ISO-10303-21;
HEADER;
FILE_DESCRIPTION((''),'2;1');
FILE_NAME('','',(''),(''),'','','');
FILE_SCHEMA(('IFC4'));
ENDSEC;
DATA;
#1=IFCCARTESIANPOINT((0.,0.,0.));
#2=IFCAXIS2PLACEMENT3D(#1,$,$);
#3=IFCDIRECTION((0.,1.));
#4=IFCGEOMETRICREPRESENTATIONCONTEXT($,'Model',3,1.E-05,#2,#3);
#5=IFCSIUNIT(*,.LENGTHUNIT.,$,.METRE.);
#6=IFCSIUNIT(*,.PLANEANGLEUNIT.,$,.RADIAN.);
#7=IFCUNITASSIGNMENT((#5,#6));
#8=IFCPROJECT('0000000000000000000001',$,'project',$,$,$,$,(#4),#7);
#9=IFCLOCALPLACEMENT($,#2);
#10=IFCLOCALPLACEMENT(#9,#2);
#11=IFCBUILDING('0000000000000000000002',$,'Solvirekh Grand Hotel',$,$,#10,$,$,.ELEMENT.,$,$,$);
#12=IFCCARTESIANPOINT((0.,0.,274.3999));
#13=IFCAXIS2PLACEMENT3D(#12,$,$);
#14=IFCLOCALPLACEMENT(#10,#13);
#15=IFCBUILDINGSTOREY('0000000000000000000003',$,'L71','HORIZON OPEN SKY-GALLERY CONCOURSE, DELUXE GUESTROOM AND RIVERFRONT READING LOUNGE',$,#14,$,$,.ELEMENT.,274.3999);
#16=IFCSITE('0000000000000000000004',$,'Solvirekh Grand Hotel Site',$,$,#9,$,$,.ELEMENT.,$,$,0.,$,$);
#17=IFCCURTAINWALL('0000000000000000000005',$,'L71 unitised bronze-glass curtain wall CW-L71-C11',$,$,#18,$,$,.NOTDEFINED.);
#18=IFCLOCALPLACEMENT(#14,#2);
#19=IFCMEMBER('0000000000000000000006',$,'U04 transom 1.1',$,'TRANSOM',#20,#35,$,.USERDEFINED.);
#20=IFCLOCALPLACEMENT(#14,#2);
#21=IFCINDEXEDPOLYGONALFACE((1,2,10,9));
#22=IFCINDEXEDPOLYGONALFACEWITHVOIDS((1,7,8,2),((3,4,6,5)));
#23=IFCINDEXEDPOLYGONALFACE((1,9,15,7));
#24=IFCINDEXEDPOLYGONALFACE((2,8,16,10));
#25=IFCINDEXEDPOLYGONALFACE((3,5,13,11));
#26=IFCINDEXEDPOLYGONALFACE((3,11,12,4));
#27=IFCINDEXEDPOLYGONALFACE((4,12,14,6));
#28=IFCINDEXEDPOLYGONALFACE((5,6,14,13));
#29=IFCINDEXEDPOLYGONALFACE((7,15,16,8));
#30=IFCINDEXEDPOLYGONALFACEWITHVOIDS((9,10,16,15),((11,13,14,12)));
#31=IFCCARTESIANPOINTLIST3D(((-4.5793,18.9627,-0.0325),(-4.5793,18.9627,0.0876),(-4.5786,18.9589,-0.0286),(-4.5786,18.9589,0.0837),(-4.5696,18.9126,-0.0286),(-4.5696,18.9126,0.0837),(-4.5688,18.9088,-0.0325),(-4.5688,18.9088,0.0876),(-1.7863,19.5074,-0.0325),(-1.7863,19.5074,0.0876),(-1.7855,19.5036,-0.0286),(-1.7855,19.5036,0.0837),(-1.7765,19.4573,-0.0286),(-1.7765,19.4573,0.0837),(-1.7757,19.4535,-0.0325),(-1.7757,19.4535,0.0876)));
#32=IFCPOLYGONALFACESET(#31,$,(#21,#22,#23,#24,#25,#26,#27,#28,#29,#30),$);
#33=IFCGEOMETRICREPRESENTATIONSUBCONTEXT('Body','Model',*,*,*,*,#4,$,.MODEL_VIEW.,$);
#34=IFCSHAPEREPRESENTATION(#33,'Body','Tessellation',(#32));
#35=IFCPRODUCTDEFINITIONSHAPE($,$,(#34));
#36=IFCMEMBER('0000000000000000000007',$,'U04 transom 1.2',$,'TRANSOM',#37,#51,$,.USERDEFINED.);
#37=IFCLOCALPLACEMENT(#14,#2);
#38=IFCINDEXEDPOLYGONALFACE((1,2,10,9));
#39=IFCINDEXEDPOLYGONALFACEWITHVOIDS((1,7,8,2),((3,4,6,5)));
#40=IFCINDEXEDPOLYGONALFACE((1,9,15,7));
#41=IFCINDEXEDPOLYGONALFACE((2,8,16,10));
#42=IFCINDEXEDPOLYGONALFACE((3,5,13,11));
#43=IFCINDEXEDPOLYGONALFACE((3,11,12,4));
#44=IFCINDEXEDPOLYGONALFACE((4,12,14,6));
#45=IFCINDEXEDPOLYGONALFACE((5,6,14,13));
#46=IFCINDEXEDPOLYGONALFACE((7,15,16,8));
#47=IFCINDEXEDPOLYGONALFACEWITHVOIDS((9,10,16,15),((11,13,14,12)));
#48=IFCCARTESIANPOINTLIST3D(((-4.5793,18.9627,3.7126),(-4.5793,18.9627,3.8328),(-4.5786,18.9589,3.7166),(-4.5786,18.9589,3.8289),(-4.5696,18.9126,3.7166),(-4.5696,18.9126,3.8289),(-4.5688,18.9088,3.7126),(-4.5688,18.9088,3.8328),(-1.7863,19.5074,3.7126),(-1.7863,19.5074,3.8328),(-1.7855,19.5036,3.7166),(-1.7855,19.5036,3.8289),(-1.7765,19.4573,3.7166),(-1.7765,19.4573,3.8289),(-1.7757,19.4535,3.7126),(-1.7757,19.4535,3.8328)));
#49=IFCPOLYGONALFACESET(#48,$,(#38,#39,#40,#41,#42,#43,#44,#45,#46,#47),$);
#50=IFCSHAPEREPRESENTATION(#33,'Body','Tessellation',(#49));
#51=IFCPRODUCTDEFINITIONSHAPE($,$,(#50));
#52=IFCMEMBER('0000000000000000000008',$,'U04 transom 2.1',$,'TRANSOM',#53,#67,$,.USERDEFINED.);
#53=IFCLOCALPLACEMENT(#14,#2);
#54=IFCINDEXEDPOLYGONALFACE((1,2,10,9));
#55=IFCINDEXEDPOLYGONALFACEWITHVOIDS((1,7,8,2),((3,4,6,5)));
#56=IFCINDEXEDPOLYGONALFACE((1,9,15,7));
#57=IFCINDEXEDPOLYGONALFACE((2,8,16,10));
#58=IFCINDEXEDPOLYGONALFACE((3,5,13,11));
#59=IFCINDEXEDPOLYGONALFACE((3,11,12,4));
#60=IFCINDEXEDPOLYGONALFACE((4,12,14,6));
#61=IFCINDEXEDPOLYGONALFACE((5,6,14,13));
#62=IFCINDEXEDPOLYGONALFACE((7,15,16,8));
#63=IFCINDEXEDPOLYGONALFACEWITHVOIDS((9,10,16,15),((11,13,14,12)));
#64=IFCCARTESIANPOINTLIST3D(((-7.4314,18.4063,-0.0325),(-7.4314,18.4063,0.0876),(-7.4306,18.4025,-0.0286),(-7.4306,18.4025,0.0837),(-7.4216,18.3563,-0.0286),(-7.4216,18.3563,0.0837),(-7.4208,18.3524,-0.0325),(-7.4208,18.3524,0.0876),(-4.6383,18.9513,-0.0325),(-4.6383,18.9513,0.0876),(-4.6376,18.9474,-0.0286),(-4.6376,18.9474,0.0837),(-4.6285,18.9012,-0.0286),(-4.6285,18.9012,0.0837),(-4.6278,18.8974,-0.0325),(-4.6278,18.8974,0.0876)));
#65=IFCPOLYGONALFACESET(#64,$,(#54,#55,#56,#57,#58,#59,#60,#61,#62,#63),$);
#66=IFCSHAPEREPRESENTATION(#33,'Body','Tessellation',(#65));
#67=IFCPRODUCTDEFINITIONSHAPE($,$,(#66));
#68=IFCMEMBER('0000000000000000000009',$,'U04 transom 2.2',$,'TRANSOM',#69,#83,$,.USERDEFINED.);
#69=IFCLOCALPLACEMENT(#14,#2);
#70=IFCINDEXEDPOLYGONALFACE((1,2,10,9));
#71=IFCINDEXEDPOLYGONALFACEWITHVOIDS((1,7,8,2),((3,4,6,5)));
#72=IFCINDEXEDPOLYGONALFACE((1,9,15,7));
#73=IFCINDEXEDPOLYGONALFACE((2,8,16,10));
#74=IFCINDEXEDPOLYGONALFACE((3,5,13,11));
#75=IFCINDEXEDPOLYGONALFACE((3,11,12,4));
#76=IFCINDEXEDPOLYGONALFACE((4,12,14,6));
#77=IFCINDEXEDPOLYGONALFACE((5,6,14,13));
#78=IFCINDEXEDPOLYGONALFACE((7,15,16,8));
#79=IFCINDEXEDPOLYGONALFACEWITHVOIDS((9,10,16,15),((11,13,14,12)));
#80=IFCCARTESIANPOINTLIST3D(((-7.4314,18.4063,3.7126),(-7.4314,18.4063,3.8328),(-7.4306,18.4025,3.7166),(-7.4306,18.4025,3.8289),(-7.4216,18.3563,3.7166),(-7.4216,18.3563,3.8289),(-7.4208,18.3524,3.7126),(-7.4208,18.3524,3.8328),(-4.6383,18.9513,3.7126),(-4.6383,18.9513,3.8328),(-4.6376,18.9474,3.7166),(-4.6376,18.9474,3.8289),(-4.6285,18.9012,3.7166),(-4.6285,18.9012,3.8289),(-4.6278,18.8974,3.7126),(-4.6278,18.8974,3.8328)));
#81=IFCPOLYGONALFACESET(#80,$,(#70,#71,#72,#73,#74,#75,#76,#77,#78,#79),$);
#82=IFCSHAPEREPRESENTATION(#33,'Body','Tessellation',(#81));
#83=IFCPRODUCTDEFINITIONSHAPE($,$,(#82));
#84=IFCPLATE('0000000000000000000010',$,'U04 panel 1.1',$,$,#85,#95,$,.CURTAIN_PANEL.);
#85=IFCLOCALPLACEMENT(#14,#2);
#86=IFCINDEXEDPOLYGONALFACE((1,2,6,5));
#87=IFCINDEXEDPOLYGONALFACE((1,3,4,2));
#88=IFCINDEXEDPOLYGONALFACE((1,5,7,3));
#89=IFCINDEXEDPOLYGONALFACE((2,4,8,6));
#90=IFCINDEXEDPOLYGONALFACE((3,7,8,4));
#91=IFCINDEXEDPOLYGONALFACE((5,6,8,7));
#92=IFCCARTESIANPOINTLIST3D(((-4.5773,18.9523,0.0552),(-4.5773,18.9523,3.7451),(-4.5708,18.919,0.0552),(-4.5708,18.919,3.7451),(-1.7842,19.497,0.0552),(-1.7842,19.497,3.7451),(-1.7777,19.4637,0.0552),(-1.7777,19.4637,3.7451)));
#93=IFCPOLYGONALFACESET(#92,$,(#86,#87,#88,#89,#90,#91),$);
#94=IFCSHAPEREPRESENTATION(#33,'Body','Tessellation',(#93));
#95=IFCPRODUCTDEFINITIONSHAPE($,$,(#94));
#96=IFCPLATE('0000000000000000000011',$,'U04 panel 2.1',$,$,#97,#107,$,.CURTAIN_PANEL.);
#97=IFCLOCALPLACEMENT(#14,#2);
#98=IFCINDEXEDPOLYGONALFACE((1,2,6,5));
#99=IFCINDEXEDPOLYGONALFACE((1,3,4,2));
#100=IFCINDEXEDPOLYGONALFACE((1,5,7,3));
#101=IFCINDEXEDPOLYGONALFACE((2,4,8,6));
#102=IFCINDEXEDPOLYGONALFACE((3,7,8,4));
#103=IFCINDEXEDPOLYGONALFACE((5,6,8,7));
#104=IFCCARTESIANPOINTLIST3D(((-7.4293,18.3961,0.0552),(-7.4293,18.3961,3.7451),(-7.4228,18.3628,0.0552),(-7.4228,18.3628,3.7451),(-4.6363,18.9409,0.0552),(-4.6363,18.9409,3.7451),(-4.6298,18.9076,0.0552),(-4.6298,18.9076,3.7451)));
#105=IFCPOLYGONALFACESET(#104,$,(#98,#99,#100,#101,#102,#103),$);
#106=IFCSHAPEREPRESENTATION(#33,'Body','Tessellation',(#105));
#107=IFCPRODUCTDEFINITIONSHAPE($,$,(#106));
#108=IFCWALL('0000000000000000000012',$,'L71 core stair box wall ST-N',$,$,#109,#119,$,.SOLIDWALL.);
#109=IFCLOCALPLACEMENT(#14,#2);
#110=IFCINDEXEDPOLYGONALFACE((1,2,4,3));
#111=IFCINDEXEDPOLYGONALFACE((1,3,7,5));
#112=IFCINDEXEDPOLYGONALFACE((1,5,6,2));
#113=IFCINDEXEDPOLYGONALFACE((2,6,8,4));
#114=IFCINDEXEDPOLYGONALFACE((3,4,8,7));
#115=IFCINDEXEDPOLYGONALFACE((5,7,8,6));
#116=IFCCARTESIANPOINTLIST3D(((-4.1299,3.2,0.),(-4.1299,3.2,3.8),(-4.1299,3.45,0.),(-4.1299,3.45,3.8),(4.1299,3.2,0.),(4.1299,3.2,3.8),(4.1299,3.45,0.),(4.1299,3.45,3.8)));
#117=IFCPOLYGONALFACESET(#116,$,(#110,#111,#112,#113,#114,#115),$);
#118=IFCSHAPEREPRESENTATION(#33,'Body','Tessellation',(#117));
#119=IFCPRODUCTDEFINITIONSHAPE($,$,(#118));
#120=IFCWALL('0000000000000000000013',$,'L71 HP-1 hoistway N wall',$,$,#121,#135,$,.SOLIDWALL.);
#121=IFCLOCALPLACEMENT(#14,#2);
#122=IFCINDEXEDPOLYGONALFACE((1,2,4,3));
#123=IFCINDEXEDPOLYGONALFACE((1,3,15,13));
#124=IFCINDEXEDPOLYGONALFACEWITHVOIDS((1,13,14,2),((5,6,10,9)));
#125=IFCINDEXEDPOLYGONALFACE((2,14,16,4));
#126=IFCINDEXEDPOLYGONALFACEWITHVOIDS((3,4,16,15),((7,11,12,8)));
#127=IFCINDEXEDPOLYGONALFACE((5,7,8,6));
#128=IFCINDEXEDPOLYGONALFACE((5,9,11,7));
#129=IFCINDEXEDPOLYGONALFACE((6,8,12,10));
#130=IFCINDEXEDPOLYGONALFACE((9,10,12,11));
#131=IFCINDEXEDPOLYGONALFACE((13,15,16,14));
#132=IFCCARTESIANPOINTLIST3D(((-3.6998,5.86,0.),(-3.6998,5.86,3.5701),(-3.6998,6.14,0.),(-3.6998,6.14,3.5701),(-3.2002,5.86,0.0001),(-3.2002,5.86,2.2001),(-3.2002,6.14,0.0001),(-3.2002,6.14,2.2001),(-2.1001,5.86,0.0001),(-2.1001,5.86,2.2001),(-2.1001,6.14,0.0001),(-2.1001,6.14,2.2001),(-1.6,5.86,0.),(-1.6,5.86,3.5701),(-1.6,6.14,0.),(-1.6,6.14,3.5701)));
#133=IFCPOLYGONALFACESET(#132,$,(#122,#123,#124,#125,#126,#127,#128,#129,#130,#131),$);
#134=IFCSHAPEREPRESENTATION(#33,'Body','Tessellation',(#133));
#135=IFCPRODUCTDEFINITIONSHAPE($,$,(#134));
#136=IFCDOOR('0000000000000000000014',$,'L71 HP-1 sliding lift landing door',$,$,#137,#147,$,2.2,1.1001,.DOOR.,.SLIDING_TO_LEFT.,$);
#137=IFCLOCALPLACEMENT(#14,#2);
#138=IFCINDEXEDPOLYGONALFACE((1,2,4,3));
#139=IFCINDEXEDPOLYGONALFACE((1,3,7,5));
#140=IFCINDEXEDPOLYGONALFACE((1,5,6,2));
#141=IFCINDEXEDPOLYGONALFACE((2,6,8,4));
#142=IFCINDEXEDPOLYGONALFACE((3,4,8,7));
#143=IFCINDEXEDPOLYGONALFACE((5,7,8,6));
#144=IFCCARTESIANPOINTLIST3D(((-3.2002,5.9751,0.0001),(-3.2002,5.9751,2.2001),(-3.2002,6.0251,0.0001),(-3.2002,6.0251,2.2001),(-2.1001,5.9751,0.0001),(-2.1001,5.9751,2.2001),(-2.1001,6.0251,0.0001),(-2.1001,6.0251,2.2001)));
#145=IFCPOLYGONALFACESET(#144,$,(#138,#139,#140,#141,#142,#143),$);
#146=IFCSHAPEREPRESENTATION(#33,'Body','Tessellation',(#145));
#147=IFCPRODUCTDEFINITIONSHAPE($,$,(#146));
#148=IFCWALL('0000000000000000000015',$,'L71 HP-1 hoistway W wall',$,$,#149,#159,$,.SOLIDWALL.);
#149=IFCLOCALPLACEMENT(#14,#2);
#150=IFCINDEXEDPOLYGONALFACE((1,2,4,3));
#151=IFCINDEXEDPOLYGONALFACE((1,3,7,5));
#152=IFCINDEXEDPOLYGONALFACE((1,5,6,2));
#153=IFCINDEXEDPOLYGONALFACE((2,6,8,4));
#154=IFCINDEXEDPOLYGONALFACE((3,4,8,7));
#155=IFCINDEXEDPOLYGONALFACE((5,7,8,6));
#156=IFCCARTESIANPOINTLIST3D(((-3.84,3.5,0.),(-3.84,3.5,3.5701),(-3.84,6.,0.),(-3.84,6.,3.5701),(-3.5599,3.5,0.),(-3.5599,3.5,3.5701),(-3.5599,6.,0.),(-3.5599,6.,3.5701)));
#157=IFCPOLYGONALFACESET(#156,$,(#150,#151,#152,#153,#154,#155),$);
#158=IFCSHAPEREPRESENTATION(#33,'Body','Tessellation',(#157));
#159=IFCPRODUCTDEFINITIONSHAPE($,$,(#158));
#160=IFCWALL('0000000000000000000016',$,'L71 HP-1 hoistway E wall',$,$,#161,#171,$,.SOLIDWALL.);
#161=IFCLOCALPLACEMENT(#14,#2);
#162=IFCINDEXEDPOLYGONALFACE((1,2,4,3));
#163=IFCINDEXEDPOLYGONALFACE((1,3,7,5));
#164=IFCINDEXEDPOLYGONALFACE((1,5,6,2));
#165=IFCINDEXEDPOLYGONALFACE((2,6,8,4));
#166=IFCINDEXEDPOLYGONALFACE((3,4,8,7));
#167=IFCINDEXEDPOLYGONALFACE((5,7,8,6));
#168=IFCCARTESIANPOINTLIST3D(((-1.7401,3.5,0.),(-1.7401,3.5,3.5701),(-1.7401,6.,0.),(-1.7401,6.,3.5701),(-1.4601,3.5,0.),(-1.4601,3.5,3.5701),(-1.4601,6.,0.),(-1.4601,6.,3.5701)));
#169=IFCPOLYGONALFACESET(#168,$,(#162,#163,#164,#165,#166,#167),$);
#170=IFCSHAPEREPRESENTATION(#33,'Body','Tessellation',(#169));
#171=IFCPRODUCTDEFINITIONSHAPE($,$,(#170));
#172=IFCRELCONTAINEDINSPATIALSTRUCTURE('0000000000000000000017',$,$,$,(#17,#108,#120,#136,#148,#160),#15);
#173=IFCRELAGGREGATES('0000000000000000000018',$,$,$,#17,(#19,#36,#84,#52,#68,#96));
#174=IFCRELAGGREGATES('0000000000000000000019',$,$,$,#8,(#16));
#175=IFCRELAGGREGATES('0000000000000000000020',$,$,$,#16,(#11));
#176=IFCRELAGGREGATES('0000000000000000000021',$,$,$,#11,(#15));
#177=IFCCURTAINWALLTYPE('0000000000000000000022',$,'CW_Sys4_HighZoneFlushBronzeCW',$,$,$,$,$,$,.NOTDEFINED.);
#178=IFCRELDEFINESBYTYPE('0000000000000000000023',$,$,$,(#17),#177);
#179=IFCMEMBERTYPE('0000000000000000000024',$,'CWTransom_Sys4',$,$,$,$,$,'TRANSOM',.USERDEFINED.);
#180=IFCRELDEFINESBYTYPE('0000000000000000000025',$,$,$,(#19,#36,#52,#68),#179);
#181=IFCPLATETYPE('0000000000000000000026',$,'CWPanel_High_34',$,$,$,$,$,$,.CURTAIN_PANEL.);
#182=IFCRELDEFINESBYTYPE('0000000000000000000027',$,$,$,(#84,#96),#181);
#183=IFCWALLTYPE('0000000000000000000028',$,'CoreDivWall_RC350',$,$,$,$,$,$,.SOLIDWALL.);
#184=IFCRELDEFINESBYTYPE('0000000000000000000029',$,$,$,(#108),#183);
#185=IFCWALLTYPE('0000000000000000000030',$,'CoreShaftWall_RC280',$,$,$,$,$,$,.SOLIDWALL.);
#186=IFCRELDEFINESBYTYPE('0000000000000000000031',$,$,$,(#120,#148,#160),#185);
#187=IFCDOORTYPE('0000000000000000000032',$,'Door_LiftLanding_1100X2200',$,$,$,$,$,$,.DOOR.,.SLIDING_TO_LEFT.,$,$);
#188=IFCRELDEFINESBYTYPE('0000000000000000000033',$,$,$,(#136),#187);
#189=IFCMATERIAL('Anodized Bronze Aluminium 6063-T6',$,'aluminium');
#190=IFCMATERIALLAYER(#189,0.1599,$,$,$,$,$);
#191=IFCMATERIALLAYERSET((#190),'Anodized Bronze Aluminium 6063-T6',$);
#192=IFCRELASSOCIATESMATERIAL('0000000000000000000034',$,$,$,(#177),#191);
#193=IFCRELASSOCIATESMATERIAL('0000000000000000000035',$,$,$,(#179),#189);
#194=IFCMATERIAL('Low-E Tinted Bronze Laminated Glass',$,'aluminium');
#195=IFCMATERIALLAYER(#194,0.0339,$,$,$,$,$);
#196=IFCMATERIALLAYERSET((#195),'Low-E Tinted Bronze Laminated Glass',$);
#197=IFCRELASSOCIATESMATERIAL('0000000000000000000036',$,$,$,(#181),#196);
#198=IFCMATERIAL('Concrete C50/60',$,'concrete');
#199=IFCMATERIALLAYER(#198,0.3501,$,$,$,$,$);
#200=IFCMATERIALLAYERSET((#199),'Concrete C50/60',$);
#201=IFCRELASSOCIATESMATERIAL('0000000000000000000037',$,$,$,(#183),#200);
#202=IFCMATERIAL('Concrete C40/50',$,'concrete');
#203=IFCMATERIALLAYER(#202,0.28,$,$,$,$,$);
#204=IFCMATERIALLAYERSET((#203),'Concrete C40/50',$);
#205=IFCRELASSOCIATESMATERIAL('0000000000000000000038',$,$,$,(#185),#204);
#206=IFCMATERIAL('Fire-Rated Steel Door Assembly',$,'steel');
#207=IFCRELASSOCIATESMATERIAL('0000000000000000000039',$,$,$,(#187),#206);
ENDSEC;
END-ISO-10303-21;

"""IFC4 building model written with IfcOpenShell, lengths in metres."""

from ifc_helpers import new_model, si_unit, direction, frame, frame_2d, origin, origin_2d, place, context, subcontext, project, spatial, rectangle, hollow_rectangle, extrude, source, transform, mapped, material, layer, layer_set, material_profile, profile_set, type_object, element, fill, aggregate, save


model = new_model("IFC4")

# Units and contexts
model_context = context("Model", 3, precision=1e-05, world=origin(), true_north=direction((0.0, 1.0)))
body_context = subcontext(model_context, "Body", "Model", "MODEL_VIEW")
ifc_project = project(units=[si_unit("LENGTHUNIT", "METRE"), si_unit("PLANEANGLEUNIT", "RADIAN")], contexts=[model_context])

# Site, building, storey
site_placement = place(None, origin())
site = spatial("IfcSite", under=ifc_project, at=site_placement, Name="Solvirekh Grand Hotel Site", CompositionType="ELEMENT", RefElevation=0.0)
building_placement = place(site_placement, origin())
building = spatial("IfcBuilding", under=site, at=building_placement, Name="Solvirekh Grand Hotel", CompositionType="ELEMENT")
storey_placement = place(building_placement, frame((0.0, 0.0, 274.3999)))
storey = spatial("IfcBuildingStorey", under=building, at=storey_placement, Name="L71", Description="HORIZON OPEN SKY-GALLERY CONCOURSE, DELUXE GUESTROOM AND RIVERFRONT READING LOUNGE", CompositionType="ELEMENT", Elevation=274.3999)

# Shared definitions
ifc_material_1 = material(Name="Concrete C50/60", Category="concrete")

# Curtain wall, members, plates
ifc_material_2 = material(Name="Anodized Bronze Aluminium 6063-T6", Category="aluminium")
ifc_layer_1 = layer(ifc_material_2, 0.1599)
ifc_layer_set_1 = layer_set([ifc_layer_1], Name="Anodized Bronze Aluminium 6063-T6")
curtain_wall_type = type_object("IfcCurtainWallType", Name="CW_Sys4_HighZoneFlushBronzeCW", PredefinedType="NOTDEFINED", material=ifc_layer_set_1)
curtain_wall_placement = place(storey_placement, origin())
curtain_wall = element("IfcCurtainWall", 1, at=curtain_wall_placement, inside=storey, type_object=curtain_wall_type, Name="L71 unitised bronze-glass curtain wall CW-L71-C11", PredefinedType="NOTDEFINED")
ifc_material_profile_1 = material_profile(ifc_material_2, hollow_rectangle(XDim=0.0549, YDim=0.1201, WallThickness=0.0039, at=origin_2d()), Name="ALU RHS 120X55X4")
ifc_profile_set_1 = profile_set([ifc_material_profile_1], Name="Anodized Bronze Aluminium 6063-T6")
member_type_1 = type_object("IfcMemberType", Name="CWTransom_Sys4", ElementType="TRANSOM", PredefinedType="USERDEFINED", material=ifc_profile_set_1)
shared_shape_1 = source(origin(), body_context, "Body", "SweptSolid", [
    extrude(hollow_rectangle(XDim=0.0549, YDim=0.1201, WallThickness=0.0039, at=origin_2d()), origin(), (0.0, 0.0, 1.0), 2.8457),
])
member_1_placement = place(storey_placement, frame((-1.781, 19.4805, 0.0276), z_axis=(-0.98151, -0.191412, 0.0), x_axis=(0.191412, -0.98151, 0.0)))
member_1 = element("IfcMember", 2, at=member_1_placement, type_object=member_type_1, Name="U04 transom 1.1", ObjectType="TRANSOM", PredefinedType="USERDEFINED", context=body_context, shape_type="MappedRepresentation", body=[
    mapped(shared_shape_1, transform((0.0, 0.0, 0.0), x_axis=(1.0, 0.0, 0.0), y_axis=(0.0, 1.0, 0.0), z_axis=(0.0, 0.0, 1.0), scale=1.0)),
])
member_2_placement = place(storey_placement, frame((-1.781, 19.4805, 3.7727), z_axis=(-0.98151, -0.191412, 0.0), x_axis=(0.191412, -0.98151, 0.0)))
member_2 = element("IfcMember", 3, at=member_2_placement, type_object=member_type_1, Name="U04 transom 1.2", ObjectType="TRANSOM", PredefinedType="USERDEFINED", context=body_context, shape_type="MappedRepresentation", body=[
    mapped(shared_shape_1, transform((0.0, 0.0, 0.0), x_axis=(1.0, 0.0, 0.0), y_axis=(0.0, 1.0, 0.0), z_axis=(0.0, 0.0, 1.0), scale=1.0)),
])
member_3_placement = place(storey_placement, frame((-4.6331, 18.9243, 0.0276), z_axis=(-0.981494, -0.191494, 0.0), x_axis=(0.191494, -0.981494, 0.0)))
member_3 = element("IfcMember", 4, at=member_3_placement, type_object=member_type_1, Name="U04 transom 2.1", ObjectType="TRANSOM", PredefinedType="USERDEFINED", context=body_context, shape_type="MappedRepresentation", body=[
    mapped(shared_shape_1, transform((0.0, 0.0, 0.0), x_axis=(1.0, 0.0, 0.0), y_axis=(0.0, 1.0, 0.0), z_axis=(0.0, 0.0, 1.0), scale=1.0)),
])
member_4_placement = place(storey_placement, frame((-4.6331, 18.9243, 3.7727), z_axis=(-0.981494, -0.191494, 0.0), x_axis=(0.191494, -0.981494, 0.0)))
member_4 = element("IfcMember", 5, at=member_4_placement, type_object=member_type_1, Name="U04 transom 2.2", ObjectType="TRANSOM", PredefinedType="USERDEFINED", context=body_context, shape_type="MappedRepresentation", body=[
    mapped(shared_shape_1, transform((0.0, 0.0, 0.0), x_axis=(1.0, 0.0, 0.0), y_axis=(0.0, 1.0, 0.0), z_axis=(0.0, 0.0, 1.0), scale=1.0)),
])
ifc_material_3 = material(Name="Low-E Tinted Bronze Laminated Glass", Category="aluminium")
ifc_layer_2 = layer(ifc_material_3, 0.0339)
ifc_layer_set_2 = layer_set([ifc_layer_2], Name="Low-E Tinted Bronze Laminated Glass")
plate_type = type_object("IfcPlateType", Name="CWPanel_High_34", PredefinedType="CURTAIN_PANEL", material=ifc_layer_set_2)
shared_shape_2 = source(origin(), body_context, "Body", "SweptSolid", [
    extrude(rectangle(XDim=2.8457, YDim=0.0339, at=origin_2d()), origin(), (0.0, 0.0, 1.0), 3.6899),
])
plate_1_placement = place(storey_placement, frame((-3.1775, 19.208, 0.0552), z_axis=(0.0, 0.0, 1.0), x_axis=(-0.981506, -0.19143, 0.0)))
plate_1 = element("IfcPlate", 6, at=plate_1_placement, type_object=plate_type, Name="U04 panel 1.1", PredefinedType="CURTAIN_PANEL", context=body_context, shape_type="MappedRepresentation", body=[
    mapped(shared_shape_2, transform((0.0, 0.0, 0.0), x_axis=(1.0, 0.0, 0.0), y_axis=(0.0, 1.0, 0.0), z_axis=(0.0, 0.0, 1.0), scale=1.0)),
])
plate_2_placement = place(storey_placement, frame((-6.0295, 18.6519, 0.0552), z_axis=(0.0, 0.0, 1.0), x_axis=(-0.981506, -0.19143, 0.0)))
plate_2 = element("IfcPlate", 7, at=plate_2_placement, type_object=plate_type, Name="U04 panel 2.1", PredefinedType="CURTAIN_PANEL", context=body_context, shape_type="MappedRepresentation", body=[
    mapped(shared_shape_2, transform((0.0, 0.0, 0.0), x_axis=(1.0, 0.0, 0.0), y_axis=(0.0, 1.0, 0.0), z_axis=(0.0, 0.0, 1.0), scale=1.0)),
])
aggregate(curtain_wall, [member_1, member_2, plate_1, member_3, member_4, plate_2])

# Wall
ifc_layer_3 = layer(ifc_material_1, 0.3501)
ifc_layer_set_3 = layer_set([ifc_layer_3], Name="Concrete C50/60")
wall_type_1 = type_object("IfcWallType", Name="CoreDivWall_RC350", PredefinedType="SOLIDWALL", material=ifc_layer_set_3)
wall_1_placement = place(storey_placement, frame((-4.1299, 3.325, 0.0), z_axis=(0.0, 0.0, 1.0), x_axis=(1.0, 0.0, 0.0)))
element("IfcWall", 8, at=wall_1_placement, inside=storey, type_object=wall_type_1, Name="L71 core stair box wall ST-N", PredefinedType="SOLIDWALL", context=body_context, shape_type="SweptSolid", body=[
    extrude(rectangle(XDim=8.2598, YDim=0.25, at=frame_2d((4.1299, 0.0))), origin(), (0.0, 0.0, 1.0), 3.8),
])

# Wall, opening, door
ifc_material_4 = material(Name="Concrete C40/50", Category="concrete")
ifc_layer_4 = layer(ifc_material_4, 0.28)
ifc_layer_set_4 = layer_set([ifc_layer_4], Name="Concrete C40/50")
wall_type_2 = type_object("IfcWallType", Name="CoreShaftWall_RC280", PredefinedType="SOLIDWALL", material=ifc_layer_set_4)
wall_2_placement = place(storey_placement, frame((-1.6001, 6.0, 0.0), z_axis=(0.0, 0.0, 1.0), x_axis=(-1.0, 0.0, 0.0)))
wall_2 = element("IfcWall", 9, at=wall_2_placement, inside=storey, type_object=wall_type_2, Name="L71 HP-1 hoistway N wall", PredefinedType="SOLIDWALL", context=body_context, shape_type="SweptSolid", body=[
    extrude(rectangle(XDim=2.0999, YDim=0.28, at=frame_2d((1.0498, 0.0))), origin(), (0.0, 0.0, 1.0), 3.5701),
])
opening_1_placement = place(wall_2_placement, frame((0.5, 0.0, 0.0)))
opening_1 = element("IfcOpeningElement", 10, at=opening_1_placement, cuts=wall_2, PredefinedType="OPENING", context=body_context, shape_type="SweptSolid", body=[
    extrude(rectangle(XDim=1.1001, YDim=2.2, at=frame_2d((0.55, 1.1001))), frame((0.0, 0.1499, 0.0), z_axis=(0.0, -1.0, 0.0), x_axis=(1.0, 0.0, 0.0)), (0.0, 0.0, 1.0), 0.3),
])
ifc_material_5 = material(Name="Fire-Rated Steel Door Assembly", Category="steel")
door_type_1 = type_object("IfcDoorType", Name="Door_LiftLanding_1100X2200", OperationType="SLIDING_TO_LEFT", PredefinedType="DOOR", material=ifc_material_5)
door_1_placement = place(opening_1_placement, origin())
door_1 = element("IfcDoor", 11, at=door_1_placement, inside=storey, type_object=door_type_1, Name="L71 HP-1 sliding lift landing door", OperationType="SLIDING_TO_LEFT", OverallHeight=2.2, OverallWidth=1.1001, PredefinedType="DOOR", context=body_context, shape_type="SweptSolid", body=[
    extrude(rectangle(XDim=1.1001, YDim=2.2, at=frame_2d((0.55, 1.1001))), frame((0.0, 0.0249, 0.0), z_axis=(0.0, -1.0, 0.0), x_axis=(1.0, 0.0, 0.0)), (0.0, 0.0, 1.0), 0.05),
])
fill(opening_1, door_1)

# Walls
for number, where, z_axis, x_axis, name in (
    (12, (-3.7, 6.0, 0.0), (0.0, 0.0, 1.0), (0.0, -1.0, 0.0), "L71 HP-1 hoistway W wall"),
    (13, (-1.6001, 3.5, 0.0), (0.0, 0.0, 1.0), (0.0, 1.0, 0.0), "L71 HP-1 hoistway E wall"),
):
    element("IfcWall", number, at=place(storey_placement, frame(where, z_axis=z_axis, x_axis=x_axis)), inside=storey, type_object=wall_type_2, Name=name, PredefinedType="SOLIDWALL", context=body_context, shape_type="SweptSolid", body=[
        extrude(rectangle(XDim=2.5, YDim=0.28, at=frame_2d((1.25, 0.0))), origin(), (0.0, 0.0, 1.0), 3.5701),
    ])

save(model, "model.ifc")
